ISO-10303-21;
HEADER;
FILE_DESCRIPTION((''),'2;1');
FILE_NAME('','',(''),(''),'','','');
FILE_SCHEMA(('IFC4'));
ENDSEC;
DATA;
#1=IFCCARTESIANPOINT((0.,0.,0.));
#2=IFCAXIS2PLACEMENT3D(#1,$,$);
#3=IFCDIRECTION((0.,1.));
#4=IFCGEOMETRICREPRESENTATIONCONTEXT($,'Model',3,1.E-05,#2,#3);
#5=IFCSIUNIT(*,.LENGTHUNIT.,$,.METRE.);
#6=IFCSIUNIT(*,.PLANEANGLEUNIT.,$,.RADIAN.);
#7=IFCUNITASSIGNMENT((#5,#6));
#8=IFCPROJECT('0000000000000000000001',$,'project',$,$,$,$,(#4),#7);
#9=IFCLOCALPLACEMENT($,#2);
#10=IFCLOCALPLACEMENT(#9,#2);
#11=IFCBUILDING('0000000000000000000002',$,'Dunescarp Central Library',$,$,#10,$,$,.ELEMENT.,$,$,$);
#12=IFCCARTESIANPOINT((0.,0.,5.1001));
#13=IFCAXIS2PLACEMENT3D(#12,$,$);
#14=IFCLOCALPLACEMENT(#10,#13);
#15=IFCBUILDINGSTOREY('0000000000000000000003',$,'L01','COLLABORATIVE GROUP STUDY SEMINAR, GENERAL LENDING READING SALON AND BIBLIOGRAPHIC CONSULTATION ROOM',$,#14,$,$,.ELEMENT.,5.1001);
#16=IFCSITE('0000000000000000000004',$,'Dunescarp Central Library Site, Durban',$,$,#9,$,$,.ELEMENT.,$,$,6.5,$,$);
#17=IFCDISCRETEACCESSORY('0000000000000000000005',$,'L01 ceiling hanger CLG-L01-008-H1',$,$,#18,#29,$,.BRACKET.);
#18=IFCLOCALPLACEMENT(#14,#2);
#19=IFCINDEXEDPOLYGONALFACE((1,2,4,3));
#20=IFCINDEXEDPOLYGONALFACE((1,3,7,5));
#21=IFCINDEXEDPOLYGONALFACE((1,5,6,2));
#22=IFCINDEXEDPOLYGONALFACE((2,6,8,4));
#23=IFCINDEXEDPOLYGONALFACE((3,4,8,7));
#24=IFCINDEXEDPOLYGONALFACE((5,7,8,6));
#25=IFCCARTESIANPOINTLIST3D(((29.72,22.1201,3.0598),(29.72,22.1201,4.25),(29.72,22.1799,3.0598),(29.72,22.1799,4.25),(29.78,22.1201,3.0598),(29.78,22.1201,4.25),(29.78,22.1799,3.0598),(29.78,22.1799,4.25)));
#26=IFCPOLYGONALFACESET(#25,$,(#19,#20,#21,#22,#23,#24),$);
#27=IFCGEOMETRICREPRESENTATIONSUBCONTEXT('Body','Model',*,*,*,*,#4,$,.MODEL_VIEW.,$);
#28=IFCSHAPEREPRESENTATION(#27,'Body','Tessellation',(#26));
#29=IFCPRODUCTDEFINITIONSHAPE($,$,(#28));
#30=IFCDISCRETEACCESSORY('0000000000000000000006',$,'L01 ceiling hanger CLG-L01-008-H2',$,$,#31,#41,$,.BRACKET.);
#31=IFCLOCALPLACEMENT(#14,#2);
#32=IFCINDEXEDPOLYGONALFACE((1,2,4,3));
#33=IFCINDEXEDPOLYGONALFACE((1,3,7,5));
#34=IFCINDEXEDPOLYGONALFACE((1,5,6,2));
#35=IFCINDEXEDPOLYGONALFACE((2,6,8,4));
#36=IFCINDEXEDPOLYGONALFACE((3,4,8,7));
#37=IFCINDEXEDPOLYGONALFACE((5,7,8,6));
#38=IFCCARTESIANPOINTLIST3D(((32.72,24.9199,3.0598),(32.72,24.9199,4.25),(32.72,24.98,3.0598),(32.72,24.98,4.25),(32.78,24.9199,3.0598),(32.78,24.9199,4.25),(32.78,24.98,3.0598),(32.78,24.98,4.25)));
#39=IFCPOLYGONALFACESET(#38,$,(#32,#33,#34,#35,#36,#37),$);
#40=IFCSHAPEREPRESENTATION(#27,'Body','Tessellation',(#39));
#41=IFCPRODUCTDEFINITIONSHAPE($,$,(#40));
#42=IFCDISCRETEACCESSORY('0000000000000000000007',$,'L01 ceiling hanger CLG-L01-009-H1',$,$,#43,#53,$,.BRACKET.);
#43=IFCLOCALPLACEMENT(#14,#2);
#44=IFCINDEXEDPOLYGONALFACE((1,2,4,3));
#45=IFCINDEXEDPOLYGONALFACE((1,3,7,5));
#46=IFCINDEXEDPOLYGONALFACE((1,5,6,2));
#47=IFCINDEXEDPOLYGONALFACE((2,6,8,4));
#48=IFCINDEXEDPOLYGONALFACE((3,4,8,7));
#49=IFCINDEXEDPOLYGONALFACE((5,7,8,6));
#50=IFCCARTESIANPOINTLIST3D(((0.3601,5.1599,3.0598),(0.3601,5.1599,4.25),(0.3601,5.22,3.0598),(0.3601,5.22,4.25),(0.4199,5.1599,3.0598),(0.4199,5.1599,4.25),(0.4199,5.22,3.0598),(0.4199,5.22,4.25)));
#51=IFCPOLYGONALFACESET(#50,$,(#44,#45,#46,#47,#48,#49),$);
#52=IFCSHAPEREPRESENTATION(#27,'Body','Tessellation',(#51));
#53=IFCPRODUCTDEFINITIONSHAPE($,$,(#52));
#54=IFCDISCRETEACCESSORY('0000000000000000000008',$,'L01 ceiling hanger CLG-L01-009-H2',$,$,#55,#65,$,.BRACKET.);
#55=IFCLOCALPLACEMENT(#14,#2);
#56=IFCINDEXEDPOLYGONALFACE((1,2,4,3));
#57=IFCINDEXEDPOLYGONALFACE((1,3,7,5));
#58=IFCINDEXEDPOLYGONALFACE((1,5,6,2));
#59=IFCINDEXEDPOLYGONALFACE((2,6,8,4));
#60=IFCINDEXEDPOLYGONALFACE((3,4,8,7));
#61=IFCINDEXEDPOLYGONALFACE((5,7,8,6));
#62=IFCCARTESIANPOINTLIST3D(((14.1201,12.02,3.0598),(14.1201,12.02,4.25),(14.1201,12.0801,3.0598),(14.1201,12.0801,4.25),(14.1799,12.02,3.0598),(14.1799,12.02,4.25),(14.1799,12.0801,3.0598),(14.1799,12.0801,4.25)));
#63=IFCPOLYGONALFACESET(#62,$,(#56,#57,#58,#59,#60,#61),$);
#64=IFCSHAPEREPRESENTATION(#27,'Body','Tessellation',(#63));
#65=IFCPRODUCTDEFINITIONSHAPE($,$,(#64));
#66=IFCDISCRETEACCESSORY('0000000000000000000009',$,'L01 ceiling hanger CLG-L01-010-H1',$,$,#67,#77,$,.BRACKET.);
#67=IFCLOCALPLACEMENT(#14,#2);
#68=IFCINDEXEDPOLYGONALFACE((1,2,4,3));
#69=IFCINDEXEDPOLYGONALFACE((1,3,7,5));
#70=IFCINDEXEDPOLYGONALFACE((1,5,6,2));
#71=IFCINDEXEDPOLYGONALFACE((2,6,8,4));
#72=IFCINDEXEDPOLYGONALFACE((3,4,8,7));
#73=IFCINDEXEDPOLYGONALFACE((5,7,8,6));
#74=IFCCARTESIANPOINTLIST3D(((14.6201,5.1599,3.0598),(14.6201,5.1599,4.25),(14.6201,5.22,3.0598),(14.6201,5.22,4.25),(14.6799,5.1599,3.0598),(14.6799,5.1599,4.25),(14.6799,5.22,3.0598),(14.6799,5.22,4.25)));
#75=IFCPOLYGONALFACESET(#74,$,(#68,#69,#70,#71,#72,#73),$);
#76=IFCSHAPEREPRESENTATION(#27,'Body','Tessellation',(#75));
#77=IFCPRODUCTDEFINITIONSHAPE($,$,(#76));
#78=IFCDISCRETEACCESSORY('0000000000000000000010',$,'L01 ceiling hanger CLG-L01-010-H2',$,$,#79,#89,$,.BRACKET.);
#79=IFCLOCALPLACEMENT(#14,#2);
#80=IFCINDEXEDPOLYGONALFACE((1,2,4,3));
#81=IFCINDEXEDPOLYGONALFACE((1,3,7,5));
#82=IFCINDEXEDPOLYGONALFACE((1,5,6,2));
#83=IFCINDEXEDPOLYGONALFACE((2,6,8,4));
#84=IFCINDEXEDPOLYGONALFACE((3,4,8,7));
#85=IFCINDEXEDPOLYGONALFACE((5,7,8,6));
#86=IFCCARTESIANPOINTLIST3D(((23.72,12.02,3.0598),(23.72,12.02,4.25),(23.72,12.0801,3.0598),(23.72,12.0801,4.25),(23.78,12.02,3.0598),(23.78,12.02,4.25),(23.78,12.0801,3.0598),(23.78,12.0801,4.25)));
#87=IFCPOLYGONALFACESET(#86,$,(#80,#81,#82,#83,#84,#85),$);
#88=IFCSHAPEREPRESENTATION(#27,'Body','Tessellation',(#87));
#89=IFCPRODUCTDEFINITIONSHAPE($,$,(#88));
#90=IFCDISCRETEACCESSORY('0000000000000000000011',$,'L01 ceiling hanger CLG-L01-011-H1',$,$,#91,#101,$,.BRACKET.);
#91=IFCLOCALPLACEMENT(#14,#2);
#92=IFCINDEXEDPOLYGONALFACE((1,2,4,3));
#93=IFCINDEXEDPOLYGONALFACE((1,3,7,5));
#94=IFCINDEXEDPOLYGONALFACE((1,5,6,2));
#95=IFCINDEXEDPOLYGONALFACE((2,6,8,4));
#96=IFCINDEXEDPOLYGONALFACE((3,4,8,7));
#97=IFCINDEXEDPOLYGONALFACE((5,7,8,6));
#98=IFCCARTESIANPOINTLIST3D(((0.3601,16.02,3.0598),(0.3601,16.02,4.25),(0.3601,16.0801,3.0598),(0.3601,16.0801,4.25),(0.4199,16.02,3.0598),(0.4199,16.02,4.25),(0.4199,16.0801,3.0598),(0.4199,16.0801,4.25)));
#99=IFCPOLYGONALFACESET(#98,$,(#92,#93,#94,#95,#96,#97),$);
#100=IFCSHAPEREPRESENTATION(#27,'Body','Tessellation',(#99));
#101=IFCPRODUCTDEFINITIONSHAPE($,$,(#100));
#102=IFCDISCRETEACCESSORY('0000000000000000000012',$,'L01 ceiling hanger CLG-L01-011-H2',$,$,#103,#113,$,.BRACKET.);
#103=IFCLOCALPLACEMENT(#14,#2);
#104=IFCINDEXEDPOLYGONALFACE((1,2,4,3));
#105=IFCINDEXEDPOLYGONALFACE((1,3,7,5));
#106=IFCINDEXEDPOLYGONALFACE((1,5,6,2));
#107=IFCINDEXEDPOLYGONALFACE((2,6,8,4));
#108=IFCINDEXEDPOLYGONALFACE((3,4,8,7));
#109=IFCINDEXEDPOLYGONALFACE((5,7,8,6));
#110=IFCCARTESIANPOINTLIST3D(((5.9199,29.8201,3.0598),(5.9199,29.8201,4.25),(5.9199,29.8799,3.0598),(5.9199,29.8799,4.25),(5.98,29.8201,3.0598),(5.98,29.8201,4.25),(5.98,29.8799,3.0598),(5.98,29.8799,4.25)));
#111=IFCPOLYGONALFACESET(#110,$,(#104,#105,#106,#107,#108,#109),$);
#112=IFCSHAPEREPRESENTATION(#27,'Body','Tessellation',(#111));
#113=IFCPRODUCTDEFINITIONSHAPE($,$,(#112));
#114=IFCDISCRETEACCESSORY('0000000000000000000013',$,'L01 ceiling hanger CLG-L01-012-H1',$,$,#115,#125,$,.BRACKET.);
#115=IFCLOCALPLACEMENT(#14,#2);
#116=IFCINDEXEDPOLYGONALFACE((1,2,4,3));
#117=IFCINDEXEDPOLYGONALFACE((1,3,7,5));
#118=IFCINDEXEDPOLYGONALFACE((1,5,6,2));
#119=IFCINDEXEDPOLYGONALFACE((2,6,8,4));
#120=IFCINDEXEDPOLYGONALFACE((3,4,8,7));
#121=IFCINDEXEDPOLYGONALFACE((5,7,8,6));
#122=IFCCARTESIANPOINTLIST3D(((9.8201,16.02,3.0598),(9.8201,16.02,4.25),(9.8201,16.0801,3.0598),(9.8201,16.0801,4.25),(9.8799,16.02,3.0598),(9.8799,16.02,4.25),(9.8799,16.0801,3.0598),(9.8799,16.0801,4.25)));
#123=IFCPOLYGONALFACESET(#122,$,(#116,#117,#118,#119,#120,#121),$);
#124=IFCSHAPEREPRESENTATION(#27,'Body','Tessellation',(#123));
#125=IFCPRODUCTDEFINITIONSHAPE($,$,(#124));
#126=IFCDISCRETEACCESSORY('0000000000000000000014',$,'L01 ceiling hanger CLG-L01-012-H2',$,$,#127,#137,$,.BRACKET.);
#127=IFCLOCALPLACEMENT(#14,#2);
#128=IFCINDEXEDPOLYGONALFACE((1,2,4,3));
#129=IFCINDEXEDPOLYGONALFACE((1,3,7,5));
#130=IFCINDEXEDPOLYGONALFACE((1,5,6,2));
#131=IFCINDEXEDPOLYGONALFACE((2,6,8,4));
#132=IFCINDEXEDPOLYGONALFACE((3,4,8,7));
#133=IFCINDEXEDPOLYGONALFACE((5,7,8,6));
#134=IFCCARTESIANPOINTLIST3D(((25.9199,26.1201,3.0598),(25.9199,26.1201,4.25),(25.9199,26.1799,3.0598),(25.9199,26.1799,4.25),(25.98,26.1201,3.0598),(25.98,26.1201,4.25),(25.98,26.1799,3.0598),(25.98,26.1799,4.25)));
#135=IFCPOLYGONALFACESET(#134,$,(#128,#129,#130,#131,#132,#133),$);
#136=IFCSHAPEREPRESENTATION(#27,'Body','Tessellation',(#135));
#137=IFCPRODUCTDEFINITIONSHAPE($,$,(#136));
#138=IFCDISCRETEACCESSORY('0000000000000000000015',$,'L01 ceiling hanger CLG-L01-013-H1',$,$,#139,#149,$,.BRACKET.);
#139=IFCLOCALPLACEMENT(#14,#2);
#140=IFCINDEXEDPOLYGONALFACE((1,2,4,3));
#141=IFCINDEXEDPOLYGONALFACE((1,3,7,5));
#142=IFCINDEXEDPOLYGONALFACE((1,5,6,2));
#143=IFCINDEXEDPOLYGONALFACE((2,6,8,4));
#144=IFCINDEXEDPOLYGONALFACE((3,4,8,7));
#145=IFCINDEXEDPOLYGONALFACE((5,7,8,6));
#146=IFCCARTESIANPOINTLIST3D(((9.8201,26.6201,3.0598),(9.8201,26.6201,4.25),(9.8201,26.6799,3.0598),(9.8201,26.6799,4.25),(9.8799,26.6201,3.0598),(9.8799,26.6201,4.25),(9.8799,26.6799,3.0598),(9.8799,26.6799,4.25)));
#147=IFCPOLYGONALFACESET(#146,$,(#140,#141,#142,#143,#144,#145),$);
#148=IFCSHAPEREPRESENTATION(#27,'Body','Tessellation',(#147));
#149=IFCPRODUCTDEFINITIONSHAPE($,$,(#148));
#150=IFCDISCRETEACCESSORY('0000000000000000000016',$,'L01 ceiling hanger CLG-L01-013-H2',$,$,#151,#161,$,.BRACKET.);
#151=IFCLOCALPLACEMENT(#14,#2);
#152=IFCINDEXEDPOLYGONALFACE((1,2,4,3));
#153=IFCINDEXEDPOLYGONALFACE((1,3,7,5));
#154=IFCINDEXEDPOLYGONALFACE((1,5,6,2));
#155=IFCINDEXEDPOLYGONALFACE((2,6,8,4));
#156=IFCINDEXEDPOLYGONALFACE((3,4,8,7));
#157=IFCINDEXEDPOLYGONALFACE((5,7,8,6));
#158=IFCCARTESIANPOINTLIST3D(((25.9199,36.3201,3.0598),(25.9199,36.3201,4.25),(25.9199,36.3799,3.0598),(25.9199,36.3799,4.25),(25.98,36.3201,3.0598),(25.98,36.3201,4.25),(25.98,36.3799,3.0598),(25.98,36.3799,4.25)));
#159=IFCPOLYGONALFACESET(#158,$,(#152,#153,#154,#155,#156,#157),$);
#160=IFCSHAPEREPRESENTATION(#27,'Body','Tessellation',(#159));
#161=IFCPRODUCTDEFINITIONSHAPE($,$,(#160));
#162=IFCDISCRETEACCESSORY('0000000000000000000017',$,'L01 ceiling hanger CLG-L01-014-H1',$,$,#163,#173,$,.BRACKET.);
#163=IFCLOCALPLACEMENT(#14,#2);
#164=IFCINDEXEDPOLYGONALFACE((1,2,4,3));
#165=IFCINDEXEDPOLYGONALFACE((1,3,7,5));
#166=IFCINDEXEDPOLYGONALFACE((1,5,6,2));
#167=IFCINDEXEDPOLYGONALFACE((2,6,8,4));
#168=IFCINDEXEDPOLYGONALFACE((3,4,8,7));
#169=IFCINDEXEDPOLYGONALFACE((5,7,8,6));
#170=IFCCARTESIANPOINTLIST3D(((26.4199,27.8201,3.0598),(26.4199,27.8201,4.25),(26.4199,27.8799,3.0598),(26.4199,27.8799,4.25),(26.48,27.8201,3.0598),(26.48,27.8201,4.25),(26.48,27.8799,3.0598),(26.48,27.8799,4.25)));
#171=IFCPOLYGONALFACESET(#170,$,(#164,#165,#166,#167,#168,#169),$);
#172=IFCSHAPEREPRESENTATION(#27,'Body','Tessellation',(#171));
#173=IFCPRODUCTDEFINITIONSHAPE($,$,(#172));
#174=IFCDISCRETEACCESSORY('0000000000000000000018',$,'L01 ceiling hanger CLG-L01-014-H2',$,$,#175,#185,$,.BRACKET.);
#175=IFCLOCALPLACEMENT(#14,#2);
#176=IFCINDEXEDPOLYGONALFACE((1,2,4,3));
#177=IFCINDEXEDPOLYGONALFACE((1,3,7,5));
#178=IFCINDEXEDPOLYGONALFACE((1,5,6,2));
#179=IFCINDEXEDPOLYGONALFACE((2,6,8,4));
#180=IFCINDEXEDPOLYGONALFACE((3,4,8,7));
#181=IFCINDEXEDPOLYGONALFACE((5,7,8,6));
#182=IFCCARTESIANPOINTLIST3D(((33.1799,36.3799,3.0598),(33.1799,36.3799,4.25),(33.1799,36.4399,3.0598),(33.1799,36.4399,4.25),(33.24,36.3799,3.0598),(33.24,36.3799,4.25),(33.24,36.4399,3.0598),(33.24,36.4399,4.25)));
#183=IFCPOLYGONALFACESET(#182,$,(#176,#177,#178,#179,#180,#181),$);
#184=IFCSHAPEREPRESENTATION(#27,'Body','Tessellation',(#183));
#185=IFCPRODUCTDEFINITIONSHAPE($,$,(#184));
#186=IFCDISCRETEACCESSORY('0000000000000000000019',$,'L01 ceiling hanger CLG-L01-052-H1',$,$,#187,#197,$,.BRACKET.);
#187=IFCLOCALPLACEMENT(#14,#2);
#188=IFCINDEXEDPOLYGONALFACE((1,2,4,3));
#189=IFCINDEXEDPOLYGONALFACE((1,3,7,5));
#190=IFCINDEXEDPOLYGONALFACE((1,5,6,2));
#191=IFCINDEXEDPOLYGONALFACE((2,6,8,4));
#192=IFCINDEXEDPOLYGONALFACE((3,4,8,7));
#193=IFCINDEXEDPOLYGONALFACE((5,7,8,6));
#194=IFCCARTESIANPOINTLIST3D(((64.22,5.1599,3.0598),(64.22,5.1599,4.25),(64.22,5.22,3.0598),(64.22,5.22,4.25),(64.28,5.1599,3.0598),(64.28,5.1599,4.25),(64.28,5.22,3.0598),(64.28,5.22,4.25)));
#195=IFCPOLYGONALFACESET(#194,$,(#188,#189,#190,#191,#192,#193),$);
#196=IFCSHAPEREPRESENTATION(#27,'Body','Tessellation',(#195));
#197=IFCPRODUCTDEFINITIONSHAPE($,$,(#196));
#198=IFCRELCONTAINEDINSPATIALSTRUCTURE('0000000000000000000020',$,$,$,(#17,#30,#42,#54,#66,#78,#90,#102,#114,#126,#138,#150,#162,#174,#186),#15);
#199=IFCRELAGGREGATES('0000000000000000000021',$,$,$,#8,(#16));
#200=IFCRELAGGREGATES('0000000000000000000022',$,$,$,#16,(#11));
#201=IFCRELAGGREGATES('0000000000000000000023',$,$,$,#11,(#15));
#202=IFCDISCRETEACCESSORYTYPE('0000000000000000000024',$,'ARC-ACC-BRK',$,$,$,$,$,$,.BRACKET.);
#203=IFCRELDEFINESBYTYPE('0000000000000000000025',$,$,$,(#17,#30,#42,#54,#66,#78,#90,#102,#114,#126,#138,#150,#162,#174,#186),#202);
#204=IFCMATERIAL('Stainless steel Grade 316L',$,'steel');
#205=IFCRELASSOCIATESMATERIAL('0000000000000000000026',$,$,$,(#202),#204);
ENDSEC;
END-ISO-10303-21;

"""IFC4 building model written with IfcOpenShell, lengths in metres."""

from ifc_helpers import new_model, si_unit, direction, frame, origin, place, context, subcontext, project, spatial, polyline, outline, extrude, material, type_object, element, save


model = new_model("IFC4")

# Units and contexts
model_context = context("Model", 3, precision=1e-05, world=origin(), true_north=direction((0.0, 1.0)))
body_context = subcontext(model_context, "Body", "Model", "MODEL_VIEW")
ifc_project = project(units=[si_unit("LENGTHUNIT", "METRE"), si_unit("PLANEANGLEUNIT", "RADIAN")], contexts=[model_context])

# Site, building, storey
site_placement = place(None, origin())
site = spatial("IfcSite", under=ifc_project, at=site_placement, Name="Dunescarp Central Library Site, Durban", CompositionType="ELEMENT", RefElevation=6.5)
building_placement = place(site_placement, origin())
building = spatial("IfcBuilding", under=site, at=building_placement, Name="Dunescarp Central Library", CompositionType="ELEMENT")
storey_placement = place(building_placement, frame((0.0, 0.0, 5.1001)))
storey = spatial("IfcBuildingStorey", under=building, at=storey_placement, Name="L01", Description="COLLABORATIVE GROUP STUDY SEMINAR, GENERAL LENDING READING SALON AND BIBLIOGRAPHIC CONSULTATION ROOM", CompositionType="ELEMENT", Elevation=5.1001)

# Discrete accessories
ifc_material = material(Name="Stainless steel Grade 316L", Category="steel")
discrete_accessory_type = type_object("IfcDiscreteAccessoryType", Name="ARC-ACC-BRK", PredefinedType="BRACKET", material=ifc_material)
discrete_accessory_1_placement = place(storey_placement, frame((0.0, 0.0, 3.0598)))
element("IfcDiscreteAccessory", 1, at=discrete_accessory_1_placement, inside=storey, type_object=discrete_accessory_type, Name="L01 ceiling hanger CLG-L01-008-H1", PredefinedType="BRACKET", context=body_context, shape_type="SweptSolid", body=[
    extrude(outline(polyline([(29.72, 22.1201), (29.78, 22.1201), (29.78, 22.1799), (29.72, 22.1799), (29.72, 22.1201)])), origin(), (0.0, 0.0, 1.0), 1.1902),
])
discrete_accessory_2_placement = place(storey_placement, frame((0.0, 0.0, 3.0598)))
element("IfcDiscreteAccessory", 2, at=discrete_accessory_2_placement, inside=storey, type_object=discrete_accessory_type, Name="L01 ceiling hanger CLG-L01-008-H2", PredefinedType="BRACKET", context=body_context, shape_type="SweptSolid", body=[
    extrude(outline(polyline([(32.72, 24.9199), (32.78, 24.9199), (32.78, 24.98), (32.72, 24.98), (32.72, 24.9199)])), origin(), (0.0, 0.0, 1.0), 1.1902),
])
discrete_accessory_3_placement = place(storey_placement, frame((0.0, 0.0, 3.0598)))
element("IfcDiscreteAccessory", 3, at=discrete_accessory_3_placement, inside=storey, type_object=discrete_accessory_type, Name="L01 ceiling hanger CLG-L01-009-H1", PredefinedType="BRACKET", context=body_context, shape_type="SweptSolid", body=[
    extrude(outline(polyline([(0.3601, 5.1599), (0.4199, 5.1599), (0.4199, 5.22), (0.3601, 5.22), (0.3601, 5.1599)])), origin(), (0.0, 0.0, 1.0), 1.1902),
])
discrete_accessory_4_placement = place(storey_placement, frame((0.0, 0.0, 3.0598)))
element("IfcDiscreteAccessory", 4, at=discrete_accessory_4_placement, inside=storey, type_object=discrete_accessory_type, Name="L01 ceiling hanger CLG-L01-009-H2", PredefinedType="BRACKET", context=body_context, shape_type="SweptSolid", body=[
    extrude(outline(polyline([(14.1201, 12.02), (14.1799, 12.02), (14.1799, 12.0801), (14.1201, 12.0801), (14.1201, 12.02)])), origin(), (0.0, 0.0, 1.0), 1.1902),
])
discrete_accessory_5_placement = place(storey_placement, frame((0.0, 0.0, 3.0598)))
element("IfcDiscreteAccessory", 5, at=discrete_accessory_5_placement, inside=storey, type_object=discrete_accessory_type, Name="L01 ceiling hanger CLG-L01-010-H1", PredefinedType="BRACKET", context=body_context, shape_type="SweptSolid", body=[
    extrude(outline(polyline([(14.6201, 5.1599), (14.6799, 5.1599), (14.6799, 5.22), (14.6201, 5.22), (14.6201, 5.1599)])), origin(), (0.0, 0.0, 1.0), 1.1902),
])
discrete_accessory_6_placement = place(storey_placement, frame((0.0, 0.0, 3.0598)))
element("IfcDiscreteAccessory", 6, at=discrete_accessory_6_placement, inside=storey, type_object=discrete_accessory_type, Name="L01 ceiling hanger CLG-L01-010-H2", PredefinedType="BRACKET", context=body_context, shape_type="SweptSolid", body=[
    extrude(outline(polyline([(23.72, 12.02), (23.78, 12.02), (23.78, 12.0801), (23.72, 12.0801), (23.72, 12.02)])), origin(), (0.0, 0.0, 1.0), 1.1902),
])
discrete_accessory_7_placement = place(storey_placement, frame((0.0, 0.0, 3.0598)))
element("IfcDiscreteAccessory", 7, at=discrete_accessory_7_placement, inside=storey, type_object=discrete_accessory_type, Name="L01 ceiling hanger CLG-L01-011-H1", PredefinedType="BRACKET", context=body_context, shape_type="SweptSolid", body=[
    extrude(outline(polyline([(0.3601, 16.02), (0.4199, 16.02), (0.4199, 16.0801), (0.3601, 16.0801), (0.3601, 16.02)])), origin(), (0.0, 0.0, 1.0), 1.1902),
])
discrete_accessory_8_placement = place(storey_placement, frame((0.0, 0.0, 3.0598)))
element("IfcDiscreteAccessory", 8, at=discrete_accessory_8_placement, inside=storey, type_object=discrete_accessory_type, Name="L01 ceiling hanger CLG-L01-011-H2", PredefinedType="BRACKET", context=body_context, shape_type="SweptSolid", body=[
    extrude(outline(polyline([(5.9199, 29.8201), (5.98, 29.8201), (5.98, 29.8799), (5.9199, 29.8799), (5.9199, 29.8201)])), origin(), (0.0, 0.0, 1.0), 1.1902),
])
discrete_accessory_9_placement = place(storey_placement, frame((0.0, 0.0, 3.0598)))
element("IfcDiscreteAccessory", 9, at=discrete_accessory_9_placement, inside=storey, type_object=discrete_accessory_type, Name="L01 ceiling hanger CLG-L01-012-H1", PredefinedType="BRACKET", context=body_context, shape_type="SweptSolid", body=[
    extrude(outline(polyline([(9.8201, 16.02), (9.8799, 16.02), (9.8799, 16.0801), (9.8201, 16.0801), (9.8201, 16.02)])), origin(), (0.0, 0.0, 1.0), 1.1902),
])
discrete_accessory_10_placement = place(storey_placement, frame((0.0, 0.0, 3.0598)))
element("IfcDiscreteAccessory", 10, at=discrete_accessory_10_placement, inside=storey, type_object=discrete_accessory_type, Name="L01 ceiling hanger CLG-L01-012-H2", PredefinedType="BRACKET", context=body_context, shape_type="SweptSolid", body=[
    extrude(outline(polyline([(25.9199, 26.1201), (25.98, 26.1201), (25.98, 26.1799), (25.9199, 26.1799), (25.9199, 26.1201)])), origin(), (0.0, 0.0, 1.0), 1.1902),
])
discrete_accessory_11_placement = place(storey_placement, frame((0.0, 0.0, 3.0598)))
element("IfcDiscreteAccessory", 11, at=discrete_accessory_11_placement, inside=storey, type_object=discrete_accessory_type, Name="L01 ceiling hanger CLG-L01-013-H1", PredefinedType="BRACKET", context=body_context, shape_type="SweptSolid", body=[
    extrude(outline(polyline([(9.8201, 26.6201), (9.8799, 26.6201), (9.8799, 26.6799), (9.8201, 26.6799), (9.8201, 26.6201)])), origin(), (0.0, 0.0, 1.0), 1.1902),
])
discrete_accessory_12_placement = place(storey_placement, frame((0.0, 0.0, 3.0598)))
element("IfcDiscreteAccessory", 12, at=discrete_accessory_12_placement, inside=storey, type_object=discrete_accessory_type, Name="L01 ceiling hanger CLG-L01-013-H2", PredefinedType="BRACKET", context=body_context, shape_type="SweptSolid", body=[
    extrude(outline(polyline([(25.9199, 36.3201), (25.98, 36.3201), (25.98, 36.3799), (25.9199, 36.3799), (25.9199, 36.3201)])), origin(), (0.0, 0.0, 1.0), 1.1902),
])
discrete_accessory_13_placement = place(storey_placement, frame((0.0, 0.0, 3.0598)))
element("IfcDiscreteAccessory", 13, at=discrete_accessory_13_placement, inside=storey, type_object=discrete_accessory_type, Name="L01 ceiling hanger CLG-L01-014-H1", PredefinedType="BRACKET", context=body_context, shape_type="SweptSolid", body=[
    extrude(outline(polyline([(26.4199, 27.8201), (26.48, 27.8201), (26.48, 27.8799), (26.4199, 27.8799), (26.4199, 27.8201)])), origin(), (0.0, 0.0, 1.0), 1.1902),
])
discrete_accessory_14_placement = place(storey_placement, frame((0.0, 0.0, 3.0598)))
element("IfcDiscreteAccessory", 14, at=discrete_accessory_14_placement, inside=storey, type_object=discrete_accessory_type, Name="L01 ceiling hanger CLG-L01-014-H2", PredefinedType="BRACKET", context=body_context, shape_type="SweptSolid", body=[
    extrude(outline(polyline([(33.1799, 36.3799), (33.24, 36.3799), (33.24, 36.4399), (33.1799, 36.4399), (33.1799, 36.3799)])), origin(), (0.0, 0.0, 1.0), 1.1902),
])
discrete_accessory_15_placement = place(storey_placement, frame((0.0, 0.0, 3.0598)))
element("IfcDiscreteAccessory", 15, at=discrete_accessory_15_placement, inside=storey, type_object=discrete_accessory_type, Name="L01 ceiling hanger CLG-L01-052-H1", PredefinedType="BRACKET", context=body_context, shape_type="SweptSolid", body=[
    extrude(outline(polyline([(64.22, 5.1599), (64.28, 5.1599), (64.28, 5.22), (64.22, 5.22), (64.22, 5.1599)])), origin(), (0.0, 0.0, 1.0), 1.1902),
])

save(model, "model.ifc")
